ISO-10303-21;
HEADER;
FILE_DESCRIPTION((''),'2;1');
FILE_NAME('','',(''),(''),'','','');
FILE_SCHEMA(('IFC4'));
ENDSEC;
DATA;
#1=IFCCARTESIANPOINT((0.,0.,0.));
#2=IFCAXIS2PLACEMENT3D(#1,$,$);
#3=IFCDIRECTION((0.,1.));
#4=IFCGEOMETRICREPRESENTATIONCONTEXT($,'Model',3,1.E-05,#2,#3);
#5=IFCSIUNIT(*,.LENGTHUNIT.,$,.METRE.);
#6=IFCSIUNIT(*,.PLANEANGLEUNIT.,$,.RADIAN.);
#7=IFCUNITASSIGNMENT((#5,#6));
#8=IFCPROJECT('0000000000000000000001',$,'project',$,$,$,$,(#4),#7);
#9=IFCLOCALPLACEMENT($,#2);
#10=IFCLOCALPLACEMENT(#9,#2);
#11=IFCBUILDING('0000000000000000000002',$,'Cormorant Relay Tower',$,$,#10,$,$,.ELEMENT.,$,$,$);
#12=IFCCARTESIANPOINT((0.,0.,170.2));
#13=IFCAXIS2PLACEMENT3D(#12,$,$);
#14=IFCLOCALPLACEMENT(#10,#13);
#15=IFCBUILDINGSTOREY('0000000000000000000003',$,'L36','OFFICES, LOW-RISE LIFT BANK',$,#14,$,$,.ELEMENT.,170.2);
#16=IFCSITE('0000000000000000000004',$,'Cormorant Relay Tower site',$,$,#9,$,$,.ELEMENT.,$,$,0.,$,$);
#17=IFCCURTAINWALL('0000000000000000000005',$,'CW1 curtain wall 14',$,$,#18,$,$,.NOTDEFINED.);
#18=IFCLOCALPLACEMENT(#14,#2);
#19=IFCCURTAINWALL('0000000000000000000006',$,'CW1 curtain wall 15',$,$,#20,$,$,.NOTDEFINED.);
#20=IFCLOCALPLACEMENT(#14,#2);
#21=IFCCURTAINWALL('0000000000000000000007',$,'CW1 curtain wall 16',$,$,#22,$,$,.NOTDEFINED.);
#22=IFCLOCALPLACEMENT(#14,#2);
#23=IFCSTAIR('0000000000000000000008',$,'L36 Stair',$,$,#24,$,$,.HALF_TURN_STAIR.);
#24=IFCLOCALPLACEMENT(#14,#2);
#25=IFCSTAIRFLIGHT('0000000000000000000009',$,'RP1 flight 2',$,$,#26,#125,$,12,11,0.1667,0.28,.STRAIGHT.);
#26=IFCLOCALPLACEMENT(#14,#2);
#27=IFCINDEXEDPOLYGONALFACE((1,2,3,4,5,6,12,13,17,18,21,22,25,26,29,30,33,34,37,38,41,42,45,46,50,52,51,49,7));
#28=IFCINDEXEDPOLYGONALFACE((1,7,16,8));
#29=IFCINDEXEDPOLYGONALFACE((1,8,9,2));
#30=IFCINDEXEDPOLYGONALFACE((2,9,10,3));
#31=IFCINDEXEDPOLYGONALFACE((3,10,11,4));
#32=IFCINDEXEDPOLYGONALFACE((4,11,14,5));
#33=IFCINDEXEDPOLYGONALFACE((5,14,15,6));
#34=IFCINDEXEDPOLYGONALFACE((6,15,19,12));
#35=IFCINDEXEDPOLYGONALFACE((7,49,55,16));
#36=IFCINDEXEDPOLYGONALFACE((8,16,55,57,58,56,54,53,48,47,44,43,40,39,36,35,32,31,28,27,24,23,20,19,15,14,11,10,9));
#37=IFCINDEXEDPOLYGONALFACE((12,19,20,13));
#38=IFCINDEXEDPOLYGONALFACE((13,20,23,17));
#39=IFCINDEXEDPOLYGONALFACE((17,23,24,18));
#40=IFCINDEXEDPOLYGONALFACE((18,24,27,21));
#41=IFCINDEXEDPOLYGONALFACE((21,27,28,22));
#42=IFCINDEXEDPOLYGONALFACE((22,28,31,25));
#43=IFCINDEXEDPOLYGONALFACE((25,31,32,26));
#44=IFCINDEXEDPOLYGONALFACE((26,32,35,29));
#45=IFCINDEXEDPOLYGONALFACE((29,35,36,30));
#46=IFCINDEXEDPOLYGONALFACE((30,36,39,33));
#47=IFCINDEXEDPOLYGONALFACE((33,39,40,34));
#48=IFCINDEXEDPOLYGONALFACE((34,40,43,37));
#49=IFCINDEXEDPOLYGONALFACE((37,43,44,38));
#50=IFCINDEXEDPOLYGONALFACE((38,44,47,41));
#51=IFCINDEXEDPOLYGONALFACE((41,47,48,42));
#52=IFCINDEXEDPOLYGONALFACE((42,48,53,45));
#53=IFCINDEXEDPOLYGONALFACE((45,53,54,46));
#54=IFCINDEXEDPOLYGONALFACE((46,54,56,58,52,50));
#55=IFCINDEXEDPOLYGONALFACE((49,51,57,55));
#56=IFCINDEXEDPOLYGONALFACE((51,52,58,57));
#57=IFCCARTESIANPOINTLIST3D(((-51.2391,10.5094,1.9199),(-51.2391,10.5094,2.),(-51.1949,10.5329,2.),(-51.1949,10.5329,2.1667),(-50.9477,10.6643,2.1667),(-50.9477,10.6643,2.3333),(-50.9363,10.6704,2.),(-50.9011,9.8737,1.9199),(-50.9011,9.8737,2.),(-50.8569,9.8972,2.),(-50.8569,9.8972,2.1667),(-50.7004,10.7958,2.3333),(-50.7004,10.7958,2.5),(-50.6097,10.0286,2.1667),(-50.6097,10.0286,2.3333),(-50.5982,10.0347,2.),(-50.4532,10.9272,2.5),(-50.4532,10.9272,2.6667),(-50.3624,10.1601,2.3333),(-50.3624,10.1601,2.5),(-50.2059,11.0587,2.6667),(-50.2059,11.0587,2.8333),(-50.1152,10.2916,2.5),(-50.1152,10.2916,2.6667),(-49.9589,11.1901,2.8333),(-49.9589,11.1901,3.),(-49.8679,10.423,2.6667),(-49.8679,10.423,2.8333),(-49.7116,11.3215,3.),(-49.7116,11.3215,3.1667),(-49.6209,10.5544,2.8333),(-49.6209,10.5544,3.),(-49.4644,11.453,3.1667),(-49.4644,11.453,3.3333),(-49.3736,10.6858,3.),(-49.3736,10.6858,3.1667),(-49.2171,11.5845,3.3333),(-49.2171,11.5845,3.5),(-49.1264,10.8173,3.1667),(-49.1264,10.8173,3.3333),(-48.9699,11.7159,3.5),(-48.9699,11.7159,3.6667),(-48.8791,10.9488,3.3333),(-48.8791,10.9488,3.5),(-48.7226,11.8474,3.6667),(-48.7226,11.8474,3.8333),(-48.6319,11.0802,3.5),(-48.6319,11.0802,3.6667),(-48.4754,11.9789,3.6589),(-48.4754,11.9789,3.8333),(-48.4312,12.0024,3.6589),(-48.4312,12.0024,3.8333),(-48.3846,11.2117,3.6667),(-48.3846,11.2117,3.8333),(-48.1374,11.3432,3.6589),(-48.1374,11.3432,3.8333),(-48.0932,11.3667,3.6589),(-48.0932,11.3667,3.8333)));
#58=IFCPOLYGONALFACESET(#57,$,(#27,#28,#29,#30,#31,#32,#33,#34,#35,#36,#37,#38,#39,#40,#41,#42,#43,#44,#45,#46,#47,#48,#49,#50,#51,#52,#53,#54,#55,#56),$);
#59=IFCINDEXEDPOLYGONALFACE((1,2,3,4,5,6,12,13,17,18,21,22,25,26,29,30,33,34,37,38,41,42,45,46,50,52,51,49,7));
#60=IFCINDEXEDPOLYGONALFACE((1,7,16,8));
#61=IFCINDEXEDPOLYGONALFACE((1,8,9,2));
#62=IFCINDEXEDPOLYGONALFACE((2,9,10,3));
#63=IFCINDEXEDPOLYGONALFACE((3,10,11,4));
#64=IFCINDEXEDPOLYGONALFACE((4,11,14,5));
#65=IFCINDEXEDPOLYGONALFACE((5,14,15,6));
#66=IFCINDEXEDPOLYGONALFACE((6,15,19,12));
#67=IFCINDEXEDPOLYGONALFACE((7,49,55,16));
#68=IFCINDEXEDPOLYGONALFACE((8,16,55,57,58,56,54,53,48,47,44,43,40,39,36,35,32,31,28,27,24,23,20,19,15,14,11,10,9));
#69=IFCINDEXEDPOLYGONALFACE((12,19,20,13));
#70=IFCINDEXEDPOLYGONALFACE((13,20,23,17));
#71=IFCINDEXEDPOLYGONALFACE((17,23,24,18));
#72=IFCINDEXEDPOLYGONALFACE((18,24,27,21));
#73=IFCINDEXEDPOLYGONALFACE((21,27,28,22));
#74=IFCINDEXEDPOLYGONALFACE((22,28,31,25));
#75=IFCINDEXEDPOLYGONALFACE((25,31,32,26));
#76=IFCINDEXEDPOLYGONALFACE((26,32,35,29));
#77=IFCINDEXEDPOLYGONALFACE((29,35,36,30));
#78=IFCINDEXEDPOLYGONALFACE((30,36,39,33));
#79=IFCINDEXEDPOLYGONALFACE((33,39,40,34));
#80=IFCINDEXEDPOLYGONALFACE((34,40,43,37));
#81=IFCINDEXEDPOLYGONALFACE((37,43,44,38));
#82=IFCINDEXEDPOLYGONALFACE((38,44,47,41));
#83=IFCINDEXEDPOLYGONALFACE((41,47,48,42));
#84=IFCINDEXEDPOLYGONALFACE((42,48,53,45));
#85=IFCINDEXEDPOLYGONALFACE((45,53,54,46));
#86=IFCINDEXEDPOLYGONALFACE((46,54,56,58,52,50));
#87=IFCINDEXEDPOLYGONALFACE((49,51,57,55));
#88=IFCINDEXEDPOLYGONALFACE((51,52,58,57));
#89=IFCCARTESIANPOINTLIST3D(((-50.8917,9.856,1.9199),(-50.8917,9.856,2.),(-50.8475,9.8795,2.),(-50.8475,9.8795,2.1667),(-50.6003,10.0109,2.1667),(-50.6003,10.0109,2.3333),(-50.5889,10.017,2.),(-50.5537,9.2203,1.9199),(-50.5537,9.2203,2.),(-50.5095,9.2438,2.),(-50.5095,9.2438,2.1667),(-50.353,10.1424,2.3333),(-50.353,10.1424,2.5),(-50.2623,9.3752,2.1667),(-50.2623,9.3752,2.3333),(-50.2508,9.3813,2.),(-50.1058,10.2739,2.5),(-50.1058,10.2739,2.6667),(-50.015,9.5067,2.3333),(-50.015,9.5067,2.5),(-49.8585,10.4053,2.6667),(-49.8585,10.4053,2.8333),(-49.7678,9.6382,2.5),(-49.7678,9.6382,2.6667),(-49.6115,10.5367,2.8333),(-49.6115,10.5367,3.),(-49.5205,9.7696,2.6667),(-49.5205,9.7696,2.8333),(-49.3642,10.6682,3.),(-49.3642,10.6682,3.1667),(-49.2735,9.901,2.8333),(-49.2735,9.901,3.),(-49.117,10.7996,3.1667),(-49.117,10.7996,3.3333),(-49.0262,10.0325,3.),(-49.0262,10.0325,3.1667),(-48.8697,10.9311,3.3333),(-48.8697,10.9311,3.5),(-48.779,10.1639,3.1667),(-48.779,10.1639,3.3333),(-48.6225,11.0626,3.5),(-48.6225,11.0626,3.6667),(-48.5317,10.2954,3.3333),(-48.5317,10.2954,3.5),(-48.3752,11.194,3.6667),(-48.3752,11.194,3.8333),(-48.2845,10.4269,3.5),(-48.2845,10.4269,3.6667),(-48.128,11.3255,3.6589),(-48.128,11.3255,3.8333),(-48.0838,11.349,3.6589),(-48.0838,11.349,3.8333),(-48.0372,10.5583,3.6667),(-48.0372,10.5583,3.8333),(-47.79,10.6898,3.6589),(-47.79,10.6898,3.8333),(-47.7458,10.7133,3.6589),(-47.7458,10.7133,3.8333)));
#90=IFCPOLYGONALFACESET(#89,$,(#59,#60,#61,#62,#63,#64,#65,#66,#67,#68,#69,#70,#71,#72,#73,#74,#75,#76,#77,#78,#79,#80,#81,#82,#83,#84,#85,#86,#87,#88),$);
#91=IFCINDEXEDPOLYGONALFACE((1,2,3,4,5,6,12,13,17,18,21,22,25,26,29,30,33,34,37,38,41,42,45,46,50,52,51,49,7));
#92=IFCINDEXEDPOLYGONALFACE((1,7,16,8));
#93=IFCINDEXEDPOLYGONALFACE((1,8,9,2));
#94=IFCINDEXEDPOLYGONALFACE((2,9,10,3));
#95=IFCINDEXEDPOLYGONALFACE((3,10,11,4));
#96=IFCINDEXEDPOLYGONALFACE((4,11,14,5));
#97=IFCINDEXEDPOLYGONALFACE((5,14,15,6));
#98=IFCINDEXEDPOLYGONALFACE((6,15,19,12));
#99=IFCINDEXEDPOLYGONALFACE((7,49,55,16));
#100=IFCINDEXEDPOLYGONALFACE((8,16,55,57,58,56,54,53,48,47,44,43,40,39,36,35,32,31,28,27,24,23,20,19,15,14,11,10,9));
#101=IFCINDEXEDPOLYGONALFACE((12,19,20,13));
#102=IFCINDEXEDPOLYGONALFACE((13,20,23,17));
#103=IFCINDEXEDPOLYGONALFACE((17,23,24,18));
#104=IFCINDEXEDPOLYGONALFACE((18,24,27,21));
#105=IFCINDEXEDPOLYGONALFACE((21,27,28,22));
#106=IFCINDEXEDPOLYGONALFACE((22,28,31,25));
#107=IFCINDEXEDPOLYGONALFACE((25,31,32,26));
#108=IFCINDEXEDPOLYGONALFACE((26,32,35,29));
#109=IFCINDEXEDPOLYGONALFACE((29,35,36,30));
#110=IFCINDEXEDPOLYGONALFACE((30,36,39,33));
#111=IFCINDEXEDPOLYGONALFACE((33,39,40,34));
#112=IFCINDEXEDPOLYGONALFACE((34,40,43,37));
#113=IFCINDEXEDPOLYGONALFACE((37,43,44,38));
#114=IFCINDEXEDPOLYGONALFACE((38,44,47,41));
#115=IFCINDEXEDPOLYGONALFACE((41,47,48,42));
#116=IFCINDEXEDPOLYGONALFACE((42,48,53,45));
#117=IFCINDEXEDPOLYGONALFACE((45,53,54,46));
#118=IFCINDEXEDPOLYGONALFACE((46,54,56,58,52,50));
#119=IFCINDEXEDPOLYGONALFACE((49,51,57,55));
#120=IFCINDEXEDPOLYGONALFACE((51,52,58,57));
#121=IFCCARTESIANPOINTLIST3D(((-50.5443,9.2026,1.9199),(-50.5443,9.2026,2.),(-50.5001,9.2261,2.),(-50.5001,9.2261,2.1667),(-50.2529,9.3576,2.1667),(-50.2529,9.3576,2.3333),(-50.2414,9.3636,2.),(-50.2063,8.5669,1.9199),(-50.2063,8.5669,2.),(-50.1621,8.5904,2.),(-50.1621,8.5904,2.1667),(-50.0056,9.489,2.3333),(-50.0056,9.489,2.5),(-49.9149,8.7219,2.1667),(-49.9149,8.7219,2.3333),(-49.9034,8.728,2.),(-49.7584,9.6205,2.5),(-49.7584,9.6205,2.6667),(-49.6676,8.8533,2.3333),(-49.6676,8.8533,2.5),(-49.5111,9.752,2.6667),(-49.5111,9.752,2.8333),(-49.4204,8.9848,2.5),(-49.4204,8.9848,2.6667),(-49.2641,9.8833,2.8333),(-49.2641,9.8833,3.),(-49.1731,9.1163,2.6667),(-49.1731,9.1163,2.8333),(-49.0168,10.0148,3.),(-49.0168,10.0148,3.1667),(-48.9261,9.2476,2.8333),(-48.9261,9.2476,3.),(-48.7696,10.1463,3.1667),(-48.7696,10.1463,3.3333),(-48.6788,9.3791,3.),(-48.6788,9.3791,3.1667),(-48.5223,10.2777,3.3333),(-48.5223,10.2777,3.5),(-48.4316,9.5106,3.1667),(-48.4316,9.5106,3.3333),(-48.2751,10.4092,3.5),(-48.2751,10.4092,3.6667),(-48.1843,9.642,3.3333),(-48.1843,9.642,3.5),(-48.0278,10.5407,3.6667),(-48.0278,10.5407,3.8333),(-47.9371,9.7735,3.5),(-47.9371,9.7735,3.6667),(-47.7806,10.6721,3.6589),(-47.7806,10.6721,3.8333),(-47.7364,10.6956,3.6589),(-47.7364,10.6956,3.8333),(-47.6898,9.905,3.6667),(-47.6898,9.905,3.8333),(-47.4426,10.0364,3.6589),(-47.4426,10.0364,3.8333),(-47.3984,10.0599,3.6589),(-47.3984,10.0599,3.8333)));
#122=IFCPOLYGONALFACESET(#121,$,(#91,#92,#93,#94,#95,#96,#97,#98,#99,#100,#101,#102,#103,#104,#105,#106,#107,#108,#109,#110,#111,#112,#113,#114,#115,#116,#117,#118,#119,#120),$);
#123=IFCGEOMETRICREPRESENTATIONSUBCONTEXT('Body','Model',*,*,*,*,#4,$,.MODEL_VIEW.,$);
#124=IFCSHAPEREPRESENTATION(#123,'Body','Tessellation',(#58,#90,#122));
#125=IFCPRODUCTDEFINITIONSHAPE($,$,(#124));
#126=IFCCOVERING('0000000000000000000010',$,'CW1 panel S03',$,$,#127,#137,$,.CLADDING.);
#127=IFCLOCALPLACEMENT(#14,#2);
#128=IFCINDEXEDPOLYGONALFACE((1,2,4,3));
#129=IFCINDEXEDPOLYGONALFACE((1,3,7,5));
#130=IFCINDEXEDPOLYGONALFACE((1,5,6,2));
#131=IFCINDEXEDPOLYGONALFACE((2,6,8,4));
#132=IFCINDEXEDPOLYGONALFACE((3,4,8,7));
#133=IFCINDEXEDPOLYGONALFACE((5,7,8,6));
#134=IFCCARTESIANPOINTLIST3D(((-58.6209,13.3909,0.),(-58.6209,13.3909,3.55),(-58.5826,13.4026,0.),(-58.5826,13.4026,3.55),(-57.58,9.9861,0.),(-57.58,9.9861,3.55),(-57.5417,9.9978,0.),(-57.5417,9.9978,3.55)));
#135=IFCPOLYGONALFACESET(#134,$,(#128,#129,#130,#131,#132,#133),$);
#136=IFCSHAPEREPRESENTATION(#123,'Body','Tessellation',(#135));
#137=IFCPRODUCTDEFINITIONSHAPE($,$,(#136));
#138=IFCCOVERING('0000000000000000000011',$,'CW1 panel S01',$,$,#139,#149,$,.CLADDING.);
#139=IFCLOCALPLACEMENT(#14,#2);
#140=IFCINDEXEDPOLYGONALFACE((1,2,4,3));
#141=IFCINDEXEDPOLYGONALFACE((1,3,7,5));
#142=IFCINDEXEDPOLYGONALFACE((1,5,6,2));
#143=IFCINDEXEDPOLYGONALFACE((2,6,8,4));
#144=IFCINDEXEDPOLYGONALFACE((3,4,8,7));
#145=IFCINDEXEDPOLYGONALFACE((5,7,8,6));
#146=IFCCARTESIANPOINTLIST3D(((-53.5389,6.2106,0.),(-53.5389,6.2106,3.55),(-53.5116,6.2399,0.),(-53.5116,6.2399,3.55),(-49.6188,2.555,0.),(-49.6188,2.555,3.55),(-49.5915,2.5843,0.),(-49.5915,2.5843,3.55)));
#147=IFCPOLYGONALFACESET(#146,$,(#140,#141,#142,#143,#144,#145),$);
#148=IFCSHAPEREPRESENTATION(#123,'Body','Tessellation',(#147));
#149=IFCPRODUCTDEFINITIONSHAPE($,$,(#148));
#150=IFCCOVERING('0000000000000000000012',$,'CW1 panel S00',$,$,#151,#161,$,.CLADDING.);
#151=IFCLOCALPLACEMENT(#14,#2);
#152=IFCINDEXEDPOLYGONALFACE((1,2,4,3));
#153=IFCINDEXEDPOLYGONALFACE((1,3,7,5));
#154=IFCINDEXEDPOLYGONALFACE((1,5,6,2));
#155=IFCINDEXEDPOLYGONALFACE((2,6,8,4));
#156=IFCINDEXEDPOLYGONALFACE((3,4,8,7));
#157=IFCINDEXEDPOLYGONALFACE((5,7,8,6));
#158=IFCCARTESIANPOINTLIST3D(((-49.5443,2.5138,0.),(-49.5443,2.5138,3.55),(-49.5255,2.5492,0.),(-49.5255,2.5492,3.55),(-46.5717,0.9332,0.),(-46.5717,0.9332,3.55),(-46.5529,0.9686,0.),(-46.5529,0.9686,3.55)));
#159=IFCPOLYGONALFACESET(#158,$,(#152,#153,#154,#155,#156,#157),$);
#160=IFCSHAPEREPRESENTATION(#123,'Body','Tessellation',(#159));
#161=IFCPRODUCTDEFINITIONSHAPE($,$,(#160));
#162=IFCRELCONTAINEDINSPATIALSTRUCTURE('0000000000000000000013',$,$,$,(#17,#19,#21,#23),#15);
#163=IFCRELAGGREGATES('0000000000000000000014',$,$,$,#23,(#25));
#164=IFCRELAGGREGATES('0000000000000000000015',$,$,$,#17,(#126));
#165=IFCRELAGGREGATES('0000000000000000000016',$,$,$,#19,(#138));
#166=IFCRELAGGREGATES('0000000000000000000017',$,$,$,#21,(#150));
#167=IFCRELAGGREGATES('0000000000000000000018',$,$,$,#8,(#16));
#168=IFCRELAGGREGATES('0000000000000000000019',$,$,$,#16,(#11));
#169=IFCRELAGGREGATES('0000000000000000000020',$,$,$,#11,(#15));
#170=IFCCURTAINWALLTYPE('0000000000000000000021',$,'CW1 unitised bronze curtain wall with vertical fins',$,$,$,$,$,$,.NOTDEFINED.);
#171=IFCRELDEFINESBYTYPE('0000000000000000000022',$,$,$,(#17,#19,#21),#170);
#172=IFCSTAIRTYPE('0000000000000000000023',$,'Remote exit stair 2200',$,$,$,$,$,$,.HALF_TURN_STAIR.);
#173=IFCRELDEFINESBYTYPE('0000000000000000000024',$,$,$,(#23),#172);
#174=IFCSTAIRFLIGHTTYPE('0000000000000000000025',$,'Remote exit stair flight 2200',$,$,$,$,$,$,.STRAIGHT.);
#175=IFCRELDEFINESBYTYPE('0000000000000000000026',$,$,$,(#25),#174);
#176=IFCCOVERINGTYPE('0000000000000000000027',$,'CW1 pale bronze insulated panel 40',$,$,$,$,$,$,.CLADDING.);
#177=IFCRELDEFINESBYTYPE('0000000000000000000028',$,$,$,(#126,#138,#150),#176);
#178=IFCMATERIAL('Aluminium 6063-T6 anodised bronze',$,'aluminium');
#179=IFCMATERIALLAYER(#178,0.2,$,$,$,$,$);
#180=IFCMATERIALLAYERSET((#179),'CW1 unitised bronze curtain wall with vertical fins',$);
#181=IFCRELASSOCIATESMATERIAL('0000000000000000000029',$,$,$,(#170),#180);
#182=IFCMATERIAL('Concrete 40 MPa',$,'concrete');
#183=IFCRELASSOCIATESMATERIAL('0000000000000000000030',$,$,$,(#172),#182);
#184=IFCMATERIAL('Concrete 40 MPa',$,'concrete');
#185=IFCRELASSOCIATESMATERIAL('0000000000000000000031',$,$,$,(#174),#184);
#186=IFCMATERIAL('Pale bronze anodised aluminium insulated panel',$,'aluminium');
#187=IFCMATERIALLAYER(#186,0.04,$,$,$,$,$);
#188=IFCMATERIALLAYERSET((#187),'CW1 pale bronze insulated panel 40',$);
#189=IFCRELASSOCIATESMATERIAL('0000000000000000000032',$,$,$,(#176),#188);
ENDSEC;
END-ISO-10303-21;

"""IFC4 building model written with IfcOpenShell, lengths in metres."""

from ifc_helpers import new_model, si_unit, direction, frame, origin, origin_2d, place, context, subcontext, project, spatial, polyline, rectangle, outline, extrude, material, layer, layer_set, type_object, element, aggregate, save


model = new_model("IFC4")

# Units and contexts
model_context = context("Model", 3, precision=1e-05, world=origin(), true_north=direction((0.0, 1.0)))
body_context = subcontext(model_context, "Body", "Model", "MODEL_VIEW")
ifc_project = project(units=[si_unit("LENGTHUNIT", "METRE"), si_unit("PLANEANGLEUNIT", "RADIAN")], contexts=[model_context])

# Site, building, storey
site_placement = place(None, origin())
site = spatial("IfcSite", under=ifc_project, at=site_placement, Name="Cormorant Relay Tower site", CompositionType="ELEMENT", RefElevation=0.0)
building_placement = place(site_placement, origin())
building = spatial("IfcBuilding", under=site, at=building_placement, Name="Cormorant Relay Tower", CompositionType="ELEMENT")
storey_placement = place(building_placement, frame((0.0, 0.0, 170.2)))
storey = spatial("IfcBuildingStorey", under=building, at=storey_placement, Name="L36", Description="OFFICES, LOW-RISE LIFT BANK", CompositionType="ELEMENT", Elevation=170.2)

# Curtain wall
ifc_material_1 = material(Name="Aluminium 6063-T6 anodised bronze", Category="aluminium")
ifc_layer_1 = layer(ifc_material_1, 0.2)
ifc_layer_set_1 = layer_set([ifc_layer_1], Name="CW1 unitised bronze curtain wall with vertical fins")
curtain_wall_type = type_object("IfcCurtainWallType", Name="CW1 unitised bronze curtain wall with vertical fins", PredefinedType="NOTDEFINED", material=ifc_layer_set_1)
curtain_wall_1_placement = place(storey_placement, origin())
curtain_wall_1 = element("IfcCurtainWall", 1, at=curtain_wall_1_placement, inside=storey, type_object=curtain_wall_type, Name="CW1 curtain wall 14", PredefinedType="NOTDEFINED")

# Curtain wall
curtain_wall_2_placement = place(storey_placement, origin())
curtain_wall_2 = element("IfcCurtainWall", 2, at=curtain_wall_2_placement, inside=storey, type_object=curtain_wall_type, Name="CW1 curtain wall 15", PredefinedType="NOTDEFINED")

# Curtain wall
curtain_wall_3_placement = place(storey_placement, origin())
curtain_wall_3 = element("IfcCurtainWall", 3, at=curtain_wall_3_placement, inside=storey, type_object=curtain_wall_type, Name="CW1 curtain wall 16", PredefinedType="NOTDEFINED")

# Stair, stair flight
ifc_material_2 = material(Name="Concrete 40 MPa", Category="concrete")
stair_type = type_object("IfcStairType", Name="Remote exit stair 2200", PredefinedType="HALF_TURN_STAIR", material=ifc_material_2)
stair_placement = place(storey_placement, origin())
stair = element("IfcStair", 4, at=stair_placement, inside=storey, type_object=stair_type, Name="L36 Stair", PredefinedType="HALF_TURN_STAIR")
ifc_material_3 = material(Name="Concrete 40 MPa", Category="concrete")
stair_flight_type = type_object("IfcStairFlightType", Name="Remote exit stair flight 2200", PredefinedType="STRAIGHT", material=ifc_material_3)
stair_flight_1_placement = place(storey_placement, frame((-50.6785, 9.5615, 2.0), z_axis=(0.0, 0.0, 1.0), x_axis=(0.882948, 0.469472, 0.0)))
stair_flight_1 = element("IfcStairFlight", 5, at=stair_flight_1_placement, type_object=stair_flight_type, Name="RP1 flight 2", NumberOfRisers=12, NumberOfTreads=11, PredefinedType="STRAIGHT", RiserHeight=0.1667, TreadLength=0.28, context=body_context, shape_type="SweptSolid", body=[
    extrude(outline(polyline([(-0.05, -0.0801), (-0.05, 0.0), (0.0, 0.0), (0.0, 0.1667), (0.28, 0.1667), (0.28, 0.3333), (0.5601, 0.3333), (0.5601, 0.5), (0.8401, 0.5), (0.8401, 0.6667), (1.1201, 0.6667), (1.1201, 0.8333), (1.3999, 0.8333), (1.3999, 1.0), (1.6799, 1.0), (1.6799, 1.1667), (1.96, 1.1667), (1.96, 1.3333), (2.24, 1.3333), (2.24, 1.5), (2.52, 1.5), (2.52, 1.6667), (2.8, 1.6667), (2.8, 1.8333), (3.0801, 1.8333), (3.1301, 1.8333), (3.1301, 1.6589), (3.0801, 1.6589), (0.293, 0.0), (-0.05, -0.0801)])), frame((0.0, 1.1001, 0.0), z_axis=(0.0, -1.0, 0.0), x_axis=(1.0, 0.0, 0.0)), (0.0, 0.0, 1.0), 0.72),
    extrude(outline(polyline([(-0.05, -0.0801), (-0.05, 0.0), (0.0, 0.0), (0.0, 0.1667), (0.28, 0.1667), (0.28, 0.3333), (0.5601, 0.3333), (0.5601, 0.5), (0.8401, 0.5), (0.8401, 0.6667), (1.1201, 0.6667), (1.1201, 0.8333), (1.3999, 0.8333), (1.3999, 1.0), (1.6799, 1.0), (1.6799, 1.1667), (1.96, 1.1667), (1.96, 1.3333), (2.24, 1.3333), (2.24, 1.5), (2.52, 1.5), (2.52, 1.6667), (2.8, 1.6667), (2.8, 1.8333), (3.0801, 1.8333), (3.1301, 1.8333), (3.1301, 1.6589), (3.0801, 1.6589), (0.293, 0.0), (-0.05, -0.0801)])), frame((0.0, 0.3601, 0.0), z_axis=(0.0, -1.0, 0.0), x_axis=(1.0, 0.0, 0.0)), (0.0, 0.0, 1.0), 0.72),
    extrude(outline(polyline([(-0.05, -0.0801), (-0.05, 0.0), (0.0, 0.0), (0.0, 0.1667), (0.28, 0.1667), (0.28, 0.3333), (0.5601, 0.3333), (0.5601, 0.5), (0.8401, 0.5), (0.8401, 0.6667), (1.1201, 0.6667), (1.1201, 0.8333), (1.3999, 0.8333), (1.3999, 1.0), (1.6799, 1.0), (1.6799, 1.1667), (1.96, 1.1667), (1.96, 1.3333), (2.24, 1.3333), (2.24, 1.5), (2.52, 1.5), (2.52, 1.6667), (2.8, 1.6667), (2.8, 1.8333), (3.0801, 1.8333), (3.1301, 1.8333), (3.1301, 1.6589), (3.0801, 1.6589), (0.293, 0.0), (-0.05, -0.0801)])), frame((0.0, -0.3799, 0.0), z_axis=(0.0, -1.0, 0.0), x_axis=(1.0, 0.0, 0.0)), (0.0, 0.0, 1.0), 0.72),
])
aggregate(stair, [stair_flight_1])

# Coverings
ifc_material_4 = material(Name="Pale bronze anodised aluminium insulated panel", Category="aluminium")
ifc_layer_2 = layer(ifc_material_4, 0.04)
ifc_layer_set_2 = layer_set([ifc_layer_2], Name="CW1 pale bronze insulated panel 40")
covering_type = type_object("IfcCoveringType", Name="CW1 pale bronze insulated panel 40", PredefinedType="CLADDING", material=ifc_layer_set_2)
covering_1_placement = place(storey_placement, frame((-58.0813, 11.6943, 0.0), z_axis=(0.0, 0.0, 1.0), x_axis=(0.292372, -0.956305, 0.0)))
covering_1 = element("IfcCovering", 6, at=covering_1_placement, type_object=covering_type, Name="CW1 panel S03", PredefinedType="CLADDING", context=body_context, shape_type="SweptSolid", body=[
    extrude(rectangle(XDim=3.5603, YDim=0.04, at=origin_2d()), origin(), (0.0, 0.0, 1.0), 3.55),
])
aggregate(curtain_wall_1, [covering_1])
covering_2_placement = place(storey_placement, frame((-51.5652, 4.3975, 0.0), z_axis=(0.0, 0.0, 1.0), x_axis=(0.731354, -0.681998, 0.0)))
covering_2 = element("IfcCovering", 7, at=covering_2_placement, type_object=covering_type, Name="CW1 panel S01", PredefinedType="CLADDING", context=body_context, shape_type="SweptSolid", body=[
    extrude(rectangle(XDim=5.3601, YDim=0.04, at=origin_2d()), origin(), (0.0, 0.0, 1.0), 3.55),
])
aggregate(curtain_wall_2, [covering_2])
covering_3_placement = place(storey_placement, frame((-48.0486, 1.7412, 0.0), z_axis=(0.0, 0.0, 1.0), x_axis=(0.882948, -0.469472, 0.0)))
covering_3 = element("IfcCovering", 8, at=covering_3_placement, type_object=covering_type, Name="CW1 panel S00", PredefinedType="CLADDING", context=body_context, shape_type="SweptSolid", body=[
    extrude(rectangle(XDim=3.3667, YDim=0.04, at=origin_2d()), origin(), (0.0, 0.0, 1.0), 3.55),
])
aggregate(curtain_wall_3, [covering_3])

save(model, "model.ifc")
